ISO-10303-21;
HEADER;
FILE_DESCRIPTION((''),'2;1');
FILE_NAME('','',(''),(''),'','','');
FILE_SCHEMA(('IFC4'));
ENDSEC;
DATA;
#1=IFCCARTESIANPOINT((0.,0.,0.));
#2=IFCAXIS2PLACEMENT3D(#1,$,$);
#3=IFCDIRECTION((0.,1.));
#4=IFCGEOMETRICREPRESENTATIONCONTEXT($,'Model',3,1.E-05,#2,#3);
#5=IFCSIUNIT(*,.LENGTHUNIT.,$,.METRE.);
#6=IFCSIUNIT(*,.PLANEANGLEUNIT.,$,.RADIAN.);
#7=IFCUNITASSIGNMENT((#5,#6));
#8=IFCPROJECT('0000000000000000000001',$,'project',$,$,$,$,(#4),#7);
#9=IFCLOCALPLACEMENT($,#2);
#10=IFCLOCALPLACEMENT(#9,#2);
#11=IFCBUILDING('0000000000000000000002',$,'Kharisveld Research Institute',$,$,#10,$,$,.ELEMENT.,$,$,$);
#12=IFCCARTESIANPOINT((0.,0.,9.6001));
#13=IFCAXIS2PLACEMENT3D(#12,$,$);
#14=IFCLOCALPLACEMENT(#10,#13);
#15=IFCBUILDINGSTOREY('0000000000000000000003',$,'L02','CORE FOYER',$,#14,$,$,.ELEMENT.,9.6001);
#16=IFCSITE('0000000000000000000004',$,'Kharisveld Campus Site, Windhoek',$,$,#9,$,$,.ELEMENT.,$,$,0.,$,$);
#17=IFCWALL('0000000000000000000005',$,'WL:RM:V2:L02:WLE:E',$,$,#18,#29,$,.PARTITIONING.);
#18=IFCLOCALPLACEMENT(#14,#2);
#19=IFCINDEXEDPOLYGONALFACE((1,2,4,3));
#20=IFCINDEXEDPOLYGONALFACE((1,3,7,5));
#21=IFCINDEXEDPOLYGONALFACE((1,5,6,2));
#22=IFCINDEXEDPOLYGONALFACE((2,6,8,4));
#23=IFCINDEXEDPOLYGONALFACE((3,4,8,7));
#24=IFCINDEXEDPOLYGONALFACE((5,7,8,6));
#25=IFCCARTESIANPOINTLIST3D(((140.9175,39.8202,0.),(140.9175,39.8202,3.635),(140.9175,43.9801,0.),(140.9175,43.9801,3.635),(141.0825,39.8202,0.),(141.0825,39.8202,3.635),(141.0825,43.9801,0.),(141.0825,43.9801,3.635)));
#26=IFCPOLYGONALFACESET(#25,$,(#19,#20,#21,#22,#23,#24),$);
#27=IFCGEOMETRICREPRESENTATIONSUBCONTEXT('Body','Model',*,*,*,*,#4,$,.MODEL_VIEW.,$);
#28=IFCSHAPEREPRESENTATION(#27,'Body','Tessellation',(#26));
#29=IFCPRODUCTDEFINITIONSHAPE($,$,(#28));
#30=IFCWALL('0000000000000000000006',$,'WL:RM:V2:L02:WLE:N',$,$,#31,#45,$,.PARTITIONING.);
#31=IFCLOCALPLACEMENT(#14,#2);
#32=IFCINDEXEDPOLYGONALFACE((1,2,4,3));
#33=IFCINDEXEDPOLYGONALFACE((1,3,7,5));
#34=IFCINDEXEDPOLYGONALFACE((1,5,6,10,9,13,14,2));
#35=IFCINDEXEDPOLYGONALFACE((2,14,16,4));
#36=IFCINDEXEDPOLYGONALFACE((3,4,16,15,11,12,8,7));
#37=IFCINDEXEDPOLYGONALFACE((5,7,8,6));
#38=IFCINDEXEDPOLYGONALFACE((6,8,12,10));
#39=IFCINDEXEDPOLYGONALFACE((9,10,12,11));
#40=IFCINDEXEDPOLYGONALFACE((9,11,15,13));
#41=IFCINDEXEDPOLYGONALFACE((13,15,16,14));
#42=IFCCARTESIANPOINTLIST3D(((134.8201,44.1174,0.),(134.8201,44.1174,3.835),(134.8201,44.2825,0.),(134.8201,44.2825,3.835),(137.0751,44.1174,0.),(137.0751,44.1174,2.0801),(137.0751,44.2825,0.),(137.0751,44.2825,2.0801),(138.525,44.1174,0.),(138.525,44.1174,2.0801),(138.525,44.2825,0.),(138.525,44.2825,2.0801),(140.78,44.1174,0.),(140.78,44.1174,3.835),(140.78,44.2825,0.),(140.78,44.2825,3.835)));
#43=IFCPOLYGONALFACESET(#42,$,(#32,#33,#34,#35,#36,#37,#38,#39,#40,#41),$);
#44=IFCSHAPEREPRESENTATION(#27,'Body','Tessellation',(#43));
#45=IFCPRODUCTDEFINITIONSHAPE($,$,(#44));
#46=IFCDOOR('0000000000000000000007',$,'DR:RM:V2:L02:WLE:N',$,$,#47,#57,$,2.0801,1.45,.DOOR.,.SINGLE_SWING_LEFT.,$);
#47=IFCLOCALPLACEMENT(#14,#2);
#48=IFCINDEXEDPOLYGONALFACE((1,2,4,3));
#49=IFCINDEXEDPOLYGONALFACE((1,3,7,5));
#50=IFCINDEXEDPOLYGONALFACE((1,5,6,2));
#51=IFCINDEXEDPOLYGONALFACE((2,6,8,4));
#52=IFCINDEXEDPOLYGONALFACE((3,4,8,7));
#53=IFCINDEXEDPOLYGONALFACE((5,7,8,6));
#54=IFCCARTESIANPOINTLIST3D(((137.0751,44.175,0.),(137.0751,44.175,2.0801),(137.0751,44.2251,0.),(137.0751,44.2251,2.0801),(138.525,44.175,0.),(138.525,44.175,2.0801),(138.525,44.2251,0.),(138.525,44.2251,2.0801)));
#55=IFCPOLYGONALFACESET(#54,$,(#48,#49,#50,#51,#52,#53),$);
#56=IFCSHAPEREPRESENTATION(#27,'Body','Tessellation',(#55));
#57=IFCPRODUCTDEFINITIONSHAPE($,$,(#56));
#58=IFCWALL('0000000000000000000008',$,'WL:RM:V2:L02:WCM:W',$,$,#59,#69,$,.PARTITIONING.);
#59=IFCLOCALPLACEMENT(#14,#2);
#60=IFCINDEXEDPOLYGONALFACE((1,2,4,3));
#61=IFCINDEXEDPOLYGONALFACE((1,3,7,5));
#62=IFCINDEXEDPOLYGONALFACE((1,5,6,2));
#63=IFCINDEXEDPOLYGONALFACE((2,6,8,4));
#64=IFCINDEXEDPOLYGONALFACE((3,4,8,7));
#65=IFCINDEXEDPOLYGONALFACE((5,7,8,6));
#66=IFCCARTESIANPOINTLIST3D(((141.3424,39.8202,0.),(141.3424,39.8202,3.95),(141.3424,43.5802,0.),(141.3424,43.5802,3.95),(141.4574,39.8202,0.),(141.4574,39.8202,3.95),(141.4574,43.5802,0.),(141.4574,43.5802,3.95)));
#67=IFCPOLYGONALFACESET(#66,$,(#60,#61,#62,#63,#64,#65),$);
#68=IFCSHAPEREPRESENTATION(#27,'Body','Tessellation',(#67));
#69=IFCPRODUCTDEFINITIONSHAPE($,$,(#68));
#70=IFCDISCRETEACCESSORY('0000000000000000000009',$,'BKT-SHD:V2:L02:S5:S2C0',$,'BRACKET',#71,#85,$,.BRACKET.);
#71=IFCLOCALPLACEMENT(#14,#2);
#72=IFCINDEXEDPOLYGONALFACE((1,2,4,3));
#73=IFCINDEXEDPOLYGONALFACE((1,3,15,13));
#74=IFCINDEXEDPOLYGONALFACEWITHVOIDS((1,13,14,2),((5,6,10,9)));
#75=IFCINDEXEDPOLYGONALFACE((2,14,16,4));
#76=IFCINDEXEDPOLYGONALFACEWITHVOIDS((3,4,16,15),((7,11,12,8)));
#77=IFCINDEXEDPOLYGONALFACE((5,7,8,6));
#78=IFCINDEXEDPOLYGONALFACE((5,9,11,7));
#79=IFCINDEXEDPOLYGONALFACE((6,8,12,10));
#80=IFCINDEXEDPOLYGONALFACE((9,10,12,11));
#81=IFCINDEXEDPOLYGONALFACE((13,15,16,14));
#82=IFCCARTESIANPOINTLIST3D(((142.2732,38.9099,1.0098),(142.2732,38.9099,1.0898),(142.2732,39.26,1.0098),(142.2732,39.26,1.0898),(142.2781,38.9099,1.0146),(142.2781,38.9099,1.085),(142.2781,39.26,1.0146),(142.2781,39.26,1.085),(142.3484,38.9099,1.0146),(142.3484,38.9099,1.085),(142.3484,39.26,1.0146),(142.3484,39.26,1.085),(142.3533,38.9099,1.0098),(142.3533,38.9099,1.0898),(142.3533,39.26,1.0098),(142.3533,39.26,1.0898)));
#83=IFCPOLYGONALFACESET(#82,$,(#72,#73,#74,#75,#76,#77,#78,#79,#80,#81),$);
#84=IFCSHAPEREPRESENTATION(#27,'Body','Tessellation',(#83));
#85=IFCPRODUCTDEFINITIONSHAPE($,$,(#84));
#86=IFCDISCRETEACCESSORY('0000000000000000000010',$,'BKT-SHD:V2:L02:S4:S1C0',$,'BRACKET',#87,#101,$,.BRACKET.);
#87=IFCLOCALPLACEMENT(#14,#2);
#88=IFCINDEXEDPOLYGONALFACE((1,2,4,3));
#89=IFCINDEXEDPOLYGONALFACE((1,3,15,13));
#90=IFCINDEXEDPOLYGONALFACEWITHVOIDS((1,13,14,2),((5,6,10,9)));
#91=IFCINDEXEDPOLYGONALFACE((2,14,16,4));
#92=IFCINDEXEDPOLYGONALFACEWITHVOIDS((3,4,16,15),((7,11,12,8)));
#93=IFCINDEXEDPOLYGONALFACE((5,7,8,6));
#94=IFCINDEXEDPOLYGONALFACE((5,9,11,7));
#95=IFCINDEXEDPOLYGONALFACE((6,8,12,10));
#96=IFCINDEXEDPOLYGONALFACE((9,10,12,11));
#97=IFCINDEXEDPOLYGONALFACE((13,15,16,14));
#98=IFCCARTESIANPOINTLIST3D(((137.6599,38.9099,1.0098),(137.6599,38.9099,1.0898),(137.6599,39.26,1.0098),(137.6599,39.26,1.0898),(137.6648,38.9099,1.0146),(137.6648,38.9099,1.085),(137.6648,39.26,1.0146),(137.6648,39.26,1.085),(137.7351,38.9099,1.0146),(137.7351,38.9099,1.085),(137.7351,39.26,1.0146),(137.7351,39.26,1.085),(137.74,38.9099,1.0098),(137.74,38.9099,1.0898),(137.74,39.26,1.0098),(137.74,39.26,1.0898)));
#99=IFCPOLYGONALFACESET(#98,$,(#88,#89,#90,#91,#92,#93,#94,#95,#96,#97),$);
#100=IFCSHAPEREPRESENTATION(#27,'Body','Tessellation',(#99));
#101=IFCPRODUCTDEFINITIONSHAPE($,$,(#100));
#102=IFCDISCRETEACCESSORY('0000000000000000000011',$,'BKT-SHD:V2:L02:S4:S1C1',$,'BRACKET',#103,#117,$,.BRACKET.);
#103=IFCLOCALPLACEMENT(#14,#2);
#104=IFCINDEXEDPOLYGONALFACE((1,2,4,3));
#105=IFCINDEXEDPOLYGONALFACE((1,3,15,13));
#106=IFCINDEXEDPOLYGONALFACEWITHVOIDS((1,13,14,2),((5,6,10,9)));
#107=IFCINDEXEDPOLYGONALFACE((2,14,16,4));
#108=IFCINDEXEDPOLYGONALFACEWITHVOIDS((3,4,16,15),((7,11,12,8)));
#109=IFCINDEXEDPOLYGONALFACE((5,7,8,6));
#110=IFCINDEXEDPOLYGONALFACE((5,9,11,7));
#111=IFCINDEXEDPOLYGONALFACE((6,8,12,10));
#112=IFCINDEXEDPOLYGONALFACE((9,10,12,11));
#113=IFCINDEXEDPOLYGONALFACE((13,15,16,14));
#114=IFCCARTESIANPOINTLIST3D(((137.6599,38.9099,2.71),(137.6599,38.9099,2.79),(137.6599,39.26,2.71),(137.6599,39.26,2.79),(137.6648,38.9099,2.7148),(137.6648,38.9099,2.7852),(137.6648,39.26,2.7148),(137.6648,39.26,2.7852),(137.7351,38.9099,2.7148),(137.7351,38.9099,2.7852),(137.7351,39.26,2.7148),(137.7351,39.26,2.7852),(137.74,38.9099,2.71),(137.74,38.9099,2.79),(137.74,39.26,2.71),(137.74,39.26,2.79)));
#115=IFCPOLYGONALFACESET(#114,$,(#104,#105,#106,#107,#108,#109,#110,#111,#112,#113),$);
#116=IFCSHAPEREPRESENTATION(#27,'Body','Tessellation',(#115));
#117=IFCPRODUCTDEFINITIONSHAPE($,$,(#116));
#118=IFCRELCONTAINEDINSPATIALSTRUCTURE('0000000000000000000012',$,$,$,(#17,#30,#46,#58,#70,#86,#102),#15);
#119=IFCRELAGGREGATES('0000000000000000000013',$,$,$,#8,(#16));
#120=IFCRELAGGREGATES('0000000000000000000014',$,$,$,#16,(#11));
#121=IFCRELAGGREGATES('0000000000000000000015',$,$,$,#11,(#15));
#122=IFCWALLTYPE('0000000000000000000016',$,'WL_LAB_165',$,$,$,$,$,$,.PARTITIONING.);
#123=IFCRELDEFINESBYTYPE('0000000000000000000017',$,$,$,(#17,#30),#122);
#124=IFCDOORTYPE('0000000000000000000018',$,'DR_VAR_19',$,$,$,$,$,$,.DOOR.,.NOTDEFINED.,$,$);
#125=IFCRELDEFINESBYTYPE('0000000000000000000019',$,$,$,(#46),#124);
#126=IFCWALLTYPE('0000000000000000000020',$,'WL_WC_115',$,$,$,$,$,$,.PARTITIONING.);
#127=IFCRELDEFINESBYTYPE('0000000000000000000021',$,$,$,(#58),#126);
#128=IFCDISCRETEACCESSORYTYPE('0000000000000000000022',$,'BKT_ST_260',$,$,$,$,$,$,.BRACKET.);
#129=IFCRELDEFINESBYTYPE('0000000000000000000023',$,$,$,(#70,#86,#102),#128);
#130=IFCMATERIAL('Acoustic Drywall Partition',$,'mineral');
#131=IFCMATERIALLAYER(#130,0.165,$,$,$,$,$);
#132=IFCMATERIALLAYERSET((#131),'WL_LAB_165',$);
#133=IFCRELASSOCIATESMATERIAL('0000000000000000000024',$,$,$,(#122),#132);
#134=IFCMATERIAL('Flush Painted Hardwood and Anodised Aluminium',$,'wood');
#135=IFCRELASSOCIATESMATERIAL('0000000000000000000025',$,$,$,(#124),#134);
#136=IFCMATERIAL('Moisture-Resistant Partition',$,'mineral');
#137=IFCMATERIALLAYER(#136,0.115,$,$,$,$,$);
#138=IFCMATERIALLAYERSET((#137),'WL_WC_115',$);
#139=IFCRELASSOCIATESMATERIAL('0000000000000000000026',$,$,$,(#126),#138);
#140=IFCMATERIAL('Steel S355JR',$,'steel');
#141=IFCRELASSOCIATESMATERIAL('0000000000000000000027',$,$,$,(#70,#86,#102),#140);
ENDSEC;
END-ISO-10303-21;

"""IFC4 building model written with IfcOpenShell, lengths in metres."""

from ifc_helpers import new_model, si_unit, direction, frame, frame_2d, origin, origin_2d, place, context, subcontext, project, spatial, rectangle, hollow_rectangle, extrude, material, layer, layer_set, type_object, element, fill, save


model = new_model("IFC4")

# Units and contexts
model_context = context("Model", 3, precision=1e-05, world=origin(), true_north=direction((0.0, 1.0)))
body_context = subcontext(model_context, "Body", "Model", "MODEL_VIEW")
ifc_project = project(units=[si_unit("LENGTHUNIT", "METRE"), si_unit("PLANEANGLEUNIT", "RADIAN")], contexts=[model_context])

# Site, building, storey
site_placement = place(None, origin())
site = spatial("IfcSite", under=ifc_project, at=site_placement, Name="Kharisveld Campus Site, Windhoek", CompositionType="ELEMENT", RefElevation=0.0)
building_placement = place(site_placement, origin())
building = spatial("IfcBuilding", under=site, at=building_placement, Name="Kharisveld Research Institute", CompositionType="ELEMENT")
storey_placement = place(building_placement, frame((0.0, 0.0, 9.6001)))
storey = spatial("IfcBuildingStorey", under=building, at=storey_placement, Name="L02", Description="CORE FOYER", CompositionType="ELEMENT", Elevation=9.6001)

# Wall
ifc_material_1 = material(Name="Acoustic Drywall Partition", Category="mineral")
ifc_layer_1 = layer(ifc_material_1, 0.165)
ifc_layer_set_1 = layer_set([ifc_layer_1], Name="WL_LAB_165")
wall_type_1 = type_object("IfcWallType", Name="WL_LAB_165", PredefinedType="PARTITIONING", material=ifc_layer_set_1)
wall_1_placement = place(storey_placement, frame((141.0, 39.8201, 0.0), z_axis=(0.0, 0.0, 1.0), x_axis=(0.0, 1.0, 0.0)))
element("IfcWall", 1, at=wall_1_placement, inside=storey, type_object=wall_type_1, Name="WL:RM:V2:L02:WLE:E", PredefinedType="PARTITIONING", context=body_context, shape_type="SweptSolid", body=[
    extrude(rectangle(XDim=4.1599, YDim=0.165, at=frame_2d((2.0801, 0.0))), origin(), (0.0, 0.0, 1.0), 3.635),
])

# Wall, opening, door
wall_2_placement = place(storey_placement, frame((140.78, 44.2, 0.0), z_axis=(0.0, 0.0, 1.0), x_axis=(-1.0, 0.0, 0.0)))
wall_2 = element("IfcWall", 2, at=wall_2_placement, inside=storey, type_object=wall_type_1, Name="WL:RM:V2:L02:WLE:N", PredefinedType="PARTITIONING", context=body_context, shape_type="SweptSolid", body=[
    extrude(rectangle(XDim=5.96, YDim=0.165, at=frame_2d((2.98, 0.0))), origin(), (0.0, 0.0, 1.0), 3.835),
])
opening_placement = place(wall_2_placement, frame((2.2549, 0.0, 0.0)))
opening = element("IfcOpeningElement", 3, at=opening_placement, cuts=wall_2, PredefinedType="OPENING", context=body_context, shape_type="SweptSolid", body=[
    extrude(rectangle(XDim=1.45, YDim=2.0801, at=frame_2d((0.7251, 1.04))), frame((0.0, 0.0825, 0.0), z_axis=(0.0, -1.0, 0.0), x_axis=(1.0, 0.0, 0.0)), (0.0, 0.0, 1.0), 0.165),
])
ifc_material_2 = material(Name="Flush Painted Hardwood and Anodised Aluminium", Category="wood")
door_type = type_object("IfcDoorType", Name="DR_VAR_19", OperationType="NOTDEFINED", PredefinedType="DOOR", material=ifc_material_2)
door_placement = place(opening_placement, origin())
door = element("IfcDoor", 4, at=door_placement, inside=storey, type_object=door_type, Name="DR:RM:V2:L02:WLE:N", OperationType="SINGLE_SWING_LEFT", OverallHeight=2.0801, OverallWidth=1.45, PredefinedType="DOOR", context=body_context, shape_type="SweptSolid", body=[
    extrude(rectangle(XDim=1.45, YDim=2.0801, at=frame_2d((0.7251, 1.04))), frame((0.0, 0.0249, 0.0), z_axis=(0.0, -1.0, 0.0), x_axis=(1.0, 0.0, 0.0)), (0.0, 0.0, 1.0), 0.05),
])
fill(opening, door)

# Wall
ifc_material_3 = material(Name="Moisture-Resistant Partition", Category="mineral")
ifc_layer_2 = layer(ifc_material_3, 0.115)
ifc_layer_set_2 = layer_set([ifc_layer_2], Name="WL_WC_115")
wall_type_2 = type_object("IfcWallType", Name="WL_WC_115", PredefinedType="PARTITIONING", material=ifc_layer_set_2)
wall_3_placement = place(storey_placement, frame((141.3999, 43.5801, 0.0), z_axis=(0.0, 0.0, 1.0), x_axis=(0.0, -1.0, 0.0)))
element("IfcWall", 5, at=wall_3_placement, inside=storey, type_object=wall_type_2, Name="WL:RM:V2:L02:WCM:W", PredefinedType="PARTITIONING", context=body_context, shape_type="SweptSolid", body=[
    extrude(rectangle(XDim=3.76, YDim=0.115, at=frame_2d((1.8799, 0.0))), origin(), (0.0, 0.0, 1.0), 3.95),
])

# Discrete accessories
ifc_material_4 = material(Name="Steel S355JR", Category="steel")
discrete_accessory_type = type_object("IfcDiscreteAccessoryType", Name="BKT_ST_260", PredefinedType="BRACKET")
for number, where, z_axis, x_axis, name in (
    (6, (142.3132, 39.26, 1.0498), (0.0, -1.0, 0.0), (1.0, 0.0, 0.0), "BKT-SHD:V2:L02:S5:S2C0"),
    (7, (137.7, 39.26, 1.0498), (0.0, -1.0, 0.0), (1.0, 0.0, 0.0), "BKT-SHD:V2:L02:S4:S1C0"),
    (8, (137.7, 39.26, 2.75), (0.0, -1.0, 0.0), (1.0, 0.0, 0.0), "BKT-SHD:V2:L02:S4:S1C1"),
):
    element("IfcDiscreteAccessory", number, at=place(storey_placement, frame(where, z_axis=z_axis, x_axis=x_axis)), inside=storey, type_object=discrete_accessory_type, material=ifc_material_4, Name=name, ObjectType="BRACKET", PredefinedType="BRACKET", context=body_context, shape_type="SweptSolid", body=[
        extrude(hollow_rectangle(XDim=0.0801, YDim=0.0801, WallThickness=0.0049, at=origin_2d()), origin(), (0.0, 0.0, 1.0), 0.3501),
    ])

save(model, "model.ifc")
